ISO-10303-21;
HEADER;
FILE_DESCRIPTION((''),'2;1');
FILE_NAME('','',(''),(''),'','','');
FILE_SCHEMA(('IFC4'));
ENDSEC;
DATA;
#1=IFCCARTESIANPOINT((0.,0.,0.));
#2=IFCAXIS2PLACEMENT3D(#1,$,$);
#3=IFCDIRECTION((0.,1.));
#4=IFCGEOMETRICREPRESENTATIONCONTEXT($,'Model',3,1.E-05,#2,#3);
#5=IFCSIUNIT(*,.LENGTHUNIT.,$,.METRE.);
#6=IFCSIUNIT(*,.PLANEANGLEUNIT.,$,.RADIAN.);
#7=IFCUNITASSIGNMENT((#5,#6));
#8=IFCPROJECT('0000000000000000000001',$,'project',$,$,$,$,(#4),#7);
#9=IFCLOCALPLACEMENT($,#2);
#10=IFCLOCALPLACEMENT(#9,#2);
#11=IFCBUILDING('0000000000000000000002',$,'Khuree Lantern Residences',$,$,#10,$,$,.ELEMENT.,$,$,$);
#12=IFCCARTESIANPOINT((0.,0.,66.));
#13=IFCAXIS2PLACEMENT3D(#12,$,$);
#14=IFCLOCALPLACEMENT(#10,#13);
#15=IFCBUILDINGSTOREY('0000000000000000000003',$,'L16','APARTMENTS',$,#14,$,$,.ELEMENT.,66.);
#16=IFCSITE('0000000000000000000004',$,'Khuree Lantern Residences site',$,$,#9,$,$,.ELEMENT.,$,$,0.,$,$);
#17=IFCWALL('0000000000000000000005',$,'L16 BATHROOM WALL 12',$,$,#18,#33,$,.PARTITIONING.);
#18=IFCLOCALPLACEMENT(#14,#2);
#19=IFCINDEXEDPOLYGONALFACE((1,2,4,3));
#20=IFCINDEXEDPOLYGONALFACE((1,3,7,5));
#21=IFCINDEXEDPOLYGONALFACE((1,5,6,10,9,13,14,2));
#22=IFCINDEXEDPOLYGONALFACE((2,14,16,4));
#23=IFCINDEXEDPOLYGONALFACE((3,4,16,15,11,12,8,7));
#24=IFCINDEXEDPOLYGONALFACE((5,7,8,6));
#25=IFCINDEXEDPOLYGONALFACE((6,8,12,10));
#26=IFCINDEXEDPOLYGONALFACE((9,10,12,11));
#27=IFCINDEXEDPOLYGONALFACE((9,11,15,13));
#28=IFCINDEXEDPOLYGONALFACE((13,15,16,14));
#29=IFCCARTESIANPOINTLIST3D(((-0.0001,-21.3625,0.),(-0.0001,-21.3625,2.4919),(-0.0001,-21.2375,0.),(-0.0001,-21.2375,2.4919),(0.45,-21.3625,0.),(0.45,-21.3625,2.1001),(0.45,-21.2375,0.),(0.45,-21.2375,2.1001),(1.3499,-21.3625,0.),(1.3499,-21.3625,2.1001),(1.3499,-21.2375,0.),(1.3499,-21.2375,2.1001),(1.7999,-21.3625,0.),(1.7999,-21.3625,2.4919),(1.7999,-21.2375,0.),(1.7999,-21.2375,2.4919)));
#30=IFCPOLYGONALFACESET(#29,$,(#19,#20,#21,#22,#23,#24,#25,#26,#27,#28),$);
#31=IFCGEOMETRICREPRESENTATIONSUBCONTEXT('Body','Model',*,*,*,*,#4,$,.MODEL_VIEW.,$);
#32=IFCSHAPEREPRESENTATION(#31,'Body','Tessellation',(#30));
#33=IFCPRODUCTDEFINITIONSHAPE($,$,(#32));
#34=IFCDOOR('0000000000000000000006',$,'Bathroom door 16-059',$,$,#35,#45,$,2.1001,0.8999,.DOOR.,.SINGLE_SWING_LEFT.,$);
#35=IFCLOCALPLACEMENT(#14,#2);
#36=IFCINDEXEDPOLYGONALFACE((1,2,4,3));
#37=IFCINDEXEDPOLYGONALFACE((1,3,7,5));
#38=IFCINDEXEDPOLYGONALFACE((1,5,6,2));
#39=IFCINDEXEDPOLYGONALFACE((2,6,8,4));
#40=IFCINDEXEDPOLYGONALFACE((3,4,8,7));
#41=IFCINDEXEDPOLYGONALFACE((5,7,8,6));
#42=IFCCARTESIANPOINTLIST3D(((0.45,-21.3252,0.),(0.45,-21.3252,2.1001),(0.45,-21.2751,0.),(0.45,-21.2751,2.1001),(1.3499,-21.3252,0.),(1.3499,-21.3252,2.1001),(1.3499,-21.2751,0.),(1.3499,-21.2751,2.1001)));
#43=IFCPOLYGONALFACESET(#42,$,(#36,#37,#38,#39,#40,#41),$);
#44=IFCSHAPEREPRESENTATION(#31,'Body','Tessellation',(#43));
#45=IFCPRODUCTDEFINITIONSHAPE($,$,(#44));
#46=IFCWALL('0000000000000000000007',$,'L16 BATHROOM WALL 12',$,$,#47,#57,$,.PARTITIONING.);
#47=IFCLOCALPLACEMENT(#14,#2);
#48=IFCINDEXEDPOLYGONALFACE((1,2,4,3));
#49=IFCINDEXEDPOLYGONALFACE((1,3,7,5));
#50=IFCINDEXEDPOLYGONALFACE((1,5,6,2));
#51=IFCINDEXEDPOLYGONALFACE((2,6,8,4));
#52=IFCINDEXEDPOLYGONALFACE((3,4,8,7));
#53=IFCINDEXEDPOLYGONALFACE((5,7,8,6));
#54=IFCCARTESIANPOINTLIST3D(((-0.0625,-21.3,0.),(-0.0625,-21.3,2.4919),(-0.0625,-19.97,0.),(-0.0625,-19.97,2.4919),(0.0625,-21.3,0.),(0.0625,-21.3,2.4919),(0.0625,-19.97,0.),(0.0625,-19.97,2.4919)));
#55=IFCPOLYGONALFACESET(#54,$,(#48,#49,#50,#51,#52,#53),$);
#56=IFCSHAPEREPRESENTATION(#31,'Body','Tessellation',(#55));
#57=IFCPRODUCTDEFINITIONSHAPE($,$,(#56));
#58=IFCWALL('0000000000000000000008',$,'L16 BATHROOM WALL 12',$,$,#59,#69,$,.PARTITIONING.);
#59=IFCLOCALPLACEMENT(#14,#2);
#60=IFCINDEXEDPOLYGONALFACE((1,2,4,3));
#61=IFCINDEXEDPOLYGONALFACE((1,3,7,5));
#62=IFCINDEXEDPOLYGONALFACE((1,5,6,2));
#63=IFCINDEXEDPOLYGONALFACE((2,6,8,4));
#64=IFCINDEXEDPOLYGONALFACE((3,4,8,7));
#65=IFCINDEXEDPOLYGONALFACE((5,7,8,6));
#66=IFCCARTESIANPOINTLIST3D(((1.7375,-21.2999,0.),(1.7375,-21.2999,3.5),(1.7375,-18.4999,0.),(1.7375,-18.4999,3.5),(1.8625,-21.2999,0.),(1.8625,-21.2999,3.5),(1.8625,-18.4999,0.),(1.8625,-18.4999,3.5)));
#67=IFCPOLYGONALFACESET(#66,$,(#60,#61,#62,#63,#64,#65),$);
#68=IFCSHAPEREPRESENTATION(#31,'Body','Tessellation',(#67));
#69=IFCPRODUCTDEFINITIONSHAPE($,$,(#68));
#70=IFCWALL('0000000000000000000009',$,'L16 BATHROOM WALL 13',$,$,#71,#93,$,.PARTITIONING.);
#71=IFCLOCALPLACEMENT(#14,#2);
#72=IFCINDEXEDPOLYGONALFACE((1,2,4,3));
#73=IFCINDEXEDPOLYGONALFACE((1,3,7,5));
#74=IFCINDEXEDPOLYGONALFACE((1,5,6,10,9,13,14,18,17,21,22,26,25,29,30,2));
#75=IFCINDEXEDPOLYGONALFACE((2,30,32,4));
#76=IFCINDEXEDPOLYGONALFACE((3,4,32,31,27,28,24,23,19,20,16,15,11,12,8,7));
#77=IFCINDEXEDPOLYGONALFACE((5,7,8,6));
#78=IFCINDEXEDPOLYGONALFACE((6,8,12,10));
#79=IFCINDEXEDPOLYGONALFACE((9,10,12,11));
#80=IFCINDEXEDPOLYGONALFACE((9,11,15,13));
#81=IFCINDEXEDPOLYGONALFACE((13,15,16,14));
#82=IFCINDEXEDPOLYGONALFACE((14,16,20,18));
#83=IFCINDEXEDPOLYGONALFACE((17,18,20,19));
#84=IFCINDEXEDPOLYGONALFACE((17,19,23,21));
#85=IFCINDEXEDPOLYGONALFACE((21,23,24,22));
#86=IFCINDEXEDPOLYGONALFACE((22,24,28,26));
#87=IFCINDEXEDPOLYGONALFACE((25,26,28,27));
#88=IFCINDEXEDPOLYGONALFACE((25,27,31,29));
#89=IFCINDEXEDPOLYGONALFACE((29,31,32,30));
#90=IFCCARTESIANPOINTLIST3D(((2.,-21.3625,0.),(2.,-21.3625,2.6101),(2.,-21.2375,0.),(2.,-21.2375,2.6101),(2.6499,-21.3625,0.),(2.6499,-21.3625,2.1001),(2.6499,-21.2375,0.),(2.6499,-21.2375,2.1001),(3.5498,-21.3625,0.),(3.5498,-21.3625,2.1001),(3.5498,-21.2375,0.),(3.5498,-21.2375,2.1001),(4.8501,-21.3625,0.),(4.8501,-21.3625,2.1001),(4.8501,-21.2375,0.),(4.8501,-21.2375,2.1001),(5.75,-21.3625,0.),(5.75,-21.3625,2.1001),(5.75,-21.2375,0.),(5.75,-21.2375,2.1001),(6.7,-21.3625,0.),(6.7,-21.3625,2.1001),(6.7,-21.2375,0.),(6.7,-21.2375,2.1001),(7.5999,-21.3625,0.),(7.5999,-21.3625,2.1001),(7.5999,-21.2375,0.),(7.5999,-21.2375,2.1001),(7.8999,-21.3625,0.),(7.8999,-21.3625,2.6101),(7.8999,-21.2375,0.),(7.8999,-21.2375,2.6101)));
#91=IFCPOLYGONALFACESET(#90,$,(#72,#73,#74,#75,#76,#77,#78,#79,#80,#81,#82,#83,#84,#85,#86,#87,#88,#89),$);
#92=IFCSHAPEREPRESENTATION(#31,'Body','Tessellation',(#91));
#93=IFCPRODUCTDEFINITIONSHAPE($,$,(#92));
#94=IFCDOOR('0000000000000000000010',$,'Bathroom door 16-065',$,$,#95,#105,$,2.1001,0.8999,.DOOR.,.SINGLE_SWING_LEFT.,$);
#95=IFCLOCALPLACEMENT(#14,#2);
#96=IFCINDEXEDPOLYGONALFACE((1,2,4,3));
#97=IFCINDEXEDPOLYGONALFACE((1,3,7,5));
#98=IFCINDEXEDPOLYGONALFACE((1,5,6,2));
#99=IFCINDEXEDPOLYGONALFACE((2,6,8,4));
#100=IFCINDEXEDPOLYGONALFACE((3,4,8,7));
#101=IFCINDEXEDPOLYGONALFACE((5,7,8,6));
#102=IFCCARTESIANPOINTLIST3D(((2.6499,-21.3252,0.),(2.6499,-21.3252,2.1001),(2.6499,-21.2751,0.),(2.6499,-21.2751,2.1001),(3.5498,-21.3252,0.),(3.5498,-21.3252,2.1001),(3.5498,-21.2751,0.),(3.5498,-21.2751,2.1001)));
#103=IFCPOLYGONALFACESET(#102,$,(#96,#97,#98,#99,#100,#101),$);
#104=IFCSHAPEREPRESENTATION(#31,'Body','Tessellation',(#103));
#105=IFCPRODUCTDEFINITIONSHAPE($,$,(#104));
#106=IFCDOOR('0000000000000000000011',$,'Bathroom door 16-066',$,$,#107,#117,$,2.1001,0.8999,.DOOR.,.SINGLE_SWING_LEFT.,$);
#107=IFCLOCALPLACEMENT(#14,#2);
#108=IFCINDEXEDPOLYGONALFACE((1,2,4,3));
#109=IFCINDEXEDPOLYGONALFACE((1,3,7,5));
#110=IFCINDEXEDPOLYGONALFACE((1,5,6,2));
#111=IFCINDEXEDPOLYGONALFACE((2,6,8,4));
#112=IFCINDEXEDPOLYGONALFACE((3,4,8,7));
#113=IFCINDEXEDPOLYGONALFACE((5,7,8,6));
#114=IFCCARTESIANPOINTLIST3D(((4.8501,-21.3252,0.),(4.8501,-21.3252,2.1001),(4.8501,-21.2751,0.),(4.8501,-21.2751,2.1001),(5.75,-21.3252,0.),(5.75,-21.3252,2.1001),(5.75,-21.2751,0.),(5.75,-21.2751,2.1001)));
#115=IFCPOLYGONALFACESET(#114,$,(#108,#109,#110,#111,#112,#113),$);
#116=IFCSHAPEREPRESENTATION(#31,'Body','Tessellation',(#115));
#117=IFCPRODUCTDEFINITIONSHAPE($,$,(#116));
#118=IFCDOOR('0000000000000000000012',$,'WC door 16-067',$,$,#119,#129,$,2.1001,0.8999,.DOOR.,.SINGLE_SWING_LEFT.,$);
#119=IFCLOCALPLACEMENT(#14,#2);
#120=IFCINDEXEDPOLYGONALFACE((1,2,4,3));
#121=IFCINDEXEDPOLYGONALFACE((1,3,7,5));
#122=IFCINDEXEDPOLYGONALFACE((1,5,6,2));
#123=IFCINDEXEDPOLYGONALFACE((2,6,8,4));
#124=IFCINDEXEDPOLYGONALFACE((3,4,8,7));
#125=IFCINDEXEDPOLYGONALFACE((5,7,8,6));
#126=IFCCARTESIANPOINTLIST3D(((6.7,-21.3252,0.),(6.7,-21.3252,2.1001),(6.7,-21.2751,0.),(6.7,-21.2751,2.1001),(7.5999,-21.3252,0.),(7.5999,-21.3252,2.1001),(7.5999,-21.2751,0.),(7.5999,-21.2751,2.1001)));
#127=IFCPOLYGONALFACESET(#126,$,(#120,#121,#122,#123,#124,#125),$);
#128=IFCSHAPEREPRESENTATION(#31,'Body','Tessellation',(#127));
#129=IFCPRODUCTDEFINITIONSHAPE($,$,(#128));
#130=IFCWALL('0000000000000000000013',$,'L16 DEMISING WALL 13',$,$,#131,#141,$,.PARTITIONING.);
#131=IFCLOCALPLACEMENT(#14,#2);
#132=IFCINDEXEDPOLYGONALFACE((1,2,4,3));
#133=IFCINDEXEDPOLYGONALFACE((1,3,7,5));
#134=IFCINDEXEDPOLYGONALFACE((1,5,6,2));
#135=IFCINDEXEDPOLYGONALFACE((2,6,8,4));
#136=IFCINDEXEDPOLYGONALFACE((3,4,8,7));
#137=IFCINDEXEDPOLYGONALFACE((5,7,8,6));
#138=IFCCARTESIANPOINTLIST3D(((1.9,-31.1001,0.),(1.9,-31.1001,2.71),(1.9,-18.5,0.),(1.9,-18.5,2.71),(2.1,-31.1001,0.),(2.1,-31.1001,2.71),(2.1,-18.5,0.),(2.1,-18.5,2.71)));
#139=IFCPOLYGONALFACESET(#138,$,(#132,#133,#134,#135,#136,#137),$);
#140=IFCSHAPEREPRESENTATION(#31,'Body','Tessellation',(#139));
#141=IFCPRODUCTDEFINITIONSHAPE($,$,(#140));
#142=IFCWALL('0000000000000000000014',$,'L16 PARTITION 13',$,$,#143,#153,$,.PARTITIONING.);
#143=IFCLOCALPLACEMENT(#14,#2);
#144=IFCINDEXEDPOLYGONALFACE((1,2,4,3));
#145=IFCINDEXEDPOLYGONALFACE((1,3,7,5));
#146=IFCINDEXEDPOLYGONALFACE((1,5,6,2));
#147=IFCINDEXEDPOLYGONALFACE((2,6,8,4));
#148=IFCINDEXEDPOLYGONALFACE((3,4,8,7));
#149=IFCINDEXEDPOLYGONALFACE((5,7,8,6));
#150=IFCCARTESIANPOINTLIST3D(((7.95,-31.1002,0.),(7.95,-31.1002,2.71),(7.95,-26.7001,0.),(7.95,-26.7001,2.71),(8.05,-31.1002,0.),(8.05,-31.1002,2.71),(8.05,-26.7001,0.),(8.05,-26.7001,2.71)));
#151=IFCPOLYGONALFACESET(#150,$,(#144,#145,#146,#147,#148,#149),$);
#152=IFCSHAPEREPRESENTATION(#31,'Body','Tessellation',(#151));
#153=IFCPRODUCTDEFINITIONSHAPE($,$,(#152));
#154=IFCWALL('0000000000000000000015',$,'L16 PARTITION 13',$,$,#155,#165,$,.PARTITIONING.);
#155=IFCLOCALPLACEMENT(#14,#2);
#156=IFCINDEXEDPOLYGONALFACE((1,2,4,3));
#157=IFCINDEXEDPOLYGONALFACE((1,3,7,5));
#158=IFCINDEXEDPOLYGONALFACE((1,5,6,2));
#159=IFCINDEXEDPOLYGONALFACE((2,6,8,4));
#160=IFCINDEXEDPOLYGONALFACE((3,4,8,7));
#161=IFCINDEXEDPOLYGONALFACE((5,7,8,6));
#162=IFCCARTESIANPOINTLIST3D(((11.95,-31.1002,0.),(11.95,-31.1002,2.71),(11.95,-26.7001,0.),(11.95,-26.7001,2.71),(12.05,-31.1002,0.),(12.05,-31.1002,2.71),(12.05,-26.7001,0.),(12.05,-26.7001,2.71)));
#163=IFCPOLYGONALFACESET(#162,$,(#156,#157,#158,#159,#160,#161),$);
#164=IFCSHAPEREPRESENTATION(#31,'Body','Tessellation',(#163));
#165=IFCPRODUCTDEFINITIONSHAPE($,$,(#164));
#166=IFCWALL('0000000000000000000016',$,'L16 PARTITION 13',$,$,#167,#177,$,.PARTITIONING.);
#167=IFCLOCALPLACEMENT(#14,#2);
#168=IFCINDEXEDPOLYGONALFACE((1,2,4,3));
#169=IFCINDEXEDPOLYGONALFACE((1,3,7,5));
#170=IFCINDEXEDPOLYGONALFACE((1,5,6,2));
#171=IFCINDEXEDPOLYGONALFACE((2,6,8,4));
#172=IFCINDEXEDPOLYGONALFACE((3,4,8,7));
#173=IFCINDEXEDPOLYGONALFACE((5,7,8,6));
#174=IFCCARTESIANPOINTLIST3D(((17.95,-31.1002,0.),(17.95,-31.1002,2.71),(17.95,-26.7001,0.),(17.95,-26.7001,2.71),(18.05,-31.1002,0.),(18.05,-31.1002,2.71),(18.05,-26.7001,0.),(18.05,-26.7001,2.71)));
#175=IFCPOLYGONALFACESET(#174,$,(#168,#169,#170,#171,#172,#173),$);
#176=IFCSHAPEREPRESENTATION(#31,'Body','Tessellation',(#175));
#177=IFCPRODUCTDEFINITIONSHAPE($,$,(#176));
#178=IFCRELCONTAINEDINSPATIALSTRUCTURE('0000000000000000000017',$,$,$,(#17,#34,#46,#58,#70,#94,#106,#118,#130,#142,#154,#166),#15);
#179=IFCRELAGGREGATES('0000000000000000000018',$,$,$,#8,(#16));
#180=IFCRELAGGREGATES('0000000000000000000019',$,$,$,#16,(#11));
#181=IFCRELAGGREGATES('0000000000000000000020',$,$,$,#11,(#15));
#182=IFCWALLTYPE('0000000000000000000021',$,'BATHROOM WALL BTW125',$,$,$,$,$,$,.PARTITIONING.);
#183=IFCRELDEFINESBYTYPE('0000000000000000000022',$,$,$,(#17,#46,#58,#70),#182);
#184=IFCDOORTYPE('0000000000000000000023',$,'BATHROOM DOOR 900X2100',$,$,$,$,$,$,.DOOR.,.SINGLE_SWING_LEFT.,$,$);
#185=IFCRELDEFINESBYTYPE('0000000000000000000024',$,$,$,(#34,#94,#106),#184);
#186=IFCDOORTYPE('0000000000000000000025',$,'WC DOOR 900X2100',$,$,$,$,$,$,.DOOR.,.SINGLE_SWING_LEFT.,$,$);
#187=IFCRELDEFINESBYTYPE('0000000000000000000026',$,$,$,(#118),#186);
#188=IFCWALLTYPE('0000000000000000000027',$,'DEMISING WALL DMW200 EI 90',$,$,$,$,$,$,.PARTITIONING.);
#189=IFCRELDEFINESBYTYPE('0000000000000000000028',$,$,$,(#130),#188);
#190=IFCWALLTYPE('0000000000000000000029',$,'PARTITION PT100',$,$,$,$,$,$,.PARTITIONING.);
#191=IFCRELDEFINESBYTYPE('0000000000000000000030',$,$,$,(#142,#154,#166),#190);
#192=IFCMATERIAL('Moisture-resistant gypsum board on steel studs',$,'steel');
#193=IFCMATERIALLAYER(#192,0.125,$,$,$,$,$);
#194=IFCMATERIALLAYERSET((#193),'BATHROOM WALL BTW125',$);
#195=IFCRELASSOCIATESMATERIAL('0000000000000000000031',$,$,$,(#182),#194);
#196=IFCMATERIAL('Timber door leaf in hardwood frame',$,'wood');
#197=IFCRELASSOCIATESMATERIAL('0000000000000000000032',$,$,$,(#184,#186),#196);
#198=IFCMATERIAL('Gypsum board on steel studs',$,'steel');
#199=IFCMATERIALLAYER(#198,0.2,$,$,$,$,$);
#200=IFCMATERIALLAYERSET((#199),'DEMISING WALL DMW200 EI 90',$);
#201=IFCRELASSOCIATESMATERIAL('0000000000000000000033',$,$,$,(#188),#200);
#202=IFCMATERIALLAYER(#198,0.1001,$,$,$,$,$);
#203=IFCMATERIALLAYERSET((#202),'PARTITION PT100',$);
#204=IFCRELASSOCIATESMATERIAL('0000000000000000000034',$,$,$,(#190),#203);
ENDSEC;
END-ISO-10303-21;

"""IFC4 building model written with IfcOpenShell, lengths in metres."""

from ifc_helpers import new_model, si_unit, direction, frame, frame_2d, origin, place, context, subcontext, project, spatial, rectangle, extrude, material, layer, layer_set, type_object, element, fill, save


model = new_model("IFC4")

# Units and contexts
model_context = context("Model", 3, precision=1e-05, world=origin(), true_north=direction((0.0, 1.0)))
body_context = subcontext(model_context, "Body", "Model", "MODEL_VIEW")
ifc_project = project(units=[si_unit("LENGTHUNIT", "METRE"), si_unit("PLANEANGLEUNIT", "RADIAN")], contexts=[model_context])

# Site, building, storey
site_placement = place(None, origin())
site = spatial("IfcSite", under=ifc_project, at=site_placement, Name="Khuree Lantern Residences site", CompositionType="ELEMENT", RefElevation=0.0)
building_placement = place(site_placement, origin())
building = spatial("IfcBuilding", under=site, at=building_placement, Name="Khuree Lantern Residences", CompositionType="ELEMENT")
storey_placement = place(building_placement, frame((0.0, 0.0, 66.0)))
storey = spatial("IfcBuildingStorey", under=building, at=storey_placement, Name="L16", Description="APARTMENTS", CompositionType="ELEMENT", Elevation=66.0)

# Wall, opening, door
ifc_material_1 = material(Name="Moisture-resistant gypsum board on steel studs", Category="steel")
ifc_layer_1 = layer(ifc_material_1, 0.125)
ifc_layer_set_1 = layer_set([ifc_layer_1], Name="BATHROOM WALL BTW125")
wall_type_1 = type_object("IfcWallType", Name="BATHROOM WALL BTW125", PredefinedType="PARTITIONING", material=ifc_layer_set_1)
wall_1_placement = place(storey_placement, frame((0.0, -21.3, 0.0), z_axis=(0.0, 0.0, 1.0), x_axis=(1.0, 0.0, 0.0)))
wall_1 = element("IfcWall", 1, at=wall_1_placement, inside=storey, type_object=wall_type_1, Name="L16 BATHROOM WALL 12", PredefinedType="PARTITIONING", context=body_context, shape_type="SweptSolid", body=[
    extrude(rectangle(XDim=1.8, YDim=0.125, at=frame_2d((0.8999, 0.0))), origin(), (0.0, 0.0, 1.0), 2.4919),
])
opening_1_placement = place(wall_1_placement, frame((0.45, 0.0, 0.0)))
opening_1 = element("IfcOpeningElement", 2, at=opening_1_placement, cuts=wall_1, PredefinedType="OPENING", context=body_context, shape_type="SweptSolid", body=[
    extrude(rectangle(XDim=0.8999, YDim=2.1001, at=frame_2d((0.45, 1.05))), frame((0.0, 0.0725, 0.0), z_axis=(0.0, -1.0, 0.0), x_axis=(1.0, 0.0, 0.0)), (0.0, 0.0, 1.0), 0.145),
])
ifc_material_2 = material(Name="Timber door leaf in hardwood frame", Category="wood")
door_type_1 = type_object("IfcDoorType", Name="BATHROOM DOOR 900X2100", OperationType="SINGLE_SWING_LEFT", PredefinedType="DOOR", material=ifc_material_2)
door_1_placement = place(opening_1_placement, origin())
door_1 = element("IfcDoor", 3, at=door_1_placement, inside=storey, type_object=door_type_1, Name="Bathroom door 16-059", OperationType="SINGLE_SWING_LEFT", OverallHeight=2.1001, OverallWidth=0.8999, PredefinedType="DOOR", context=body_context, shape_type="SweptSolid", body=[
    extrude(rectangle(XDim=0.8999, YDim=2.1001, at=frame_2d((0.45, 1.05))), frame((0.0, 0.0249, 0.0), z_axis=(0.0, -1.0, 0.0), x_axis=(1.0, 0.0, 0.0)), (0.0, 0.0, 1.0), 0.05),
])
fill(opening_1, door_1)

# Walls
wall_2_placement = place(storey_placement, frame((0.0, -19.97, 0.0), z_axis=(0.0, 0.0, 1.0), x_axis=(0.0, -1.0, 0.0)))
element("IfcWall", 4, at=wall_2_placement, inside=storey, type_object=wall_type_1, Name="L16 BATHROOM WALL 12", PredefinedType="PARTITIONING", context=body_context, shape_type="SweptSolid", body=[
    extrude(rectangle(XDim=1.3301, YDim=0.125, at=frame_2d((0.665, 0.0))), origin(), (0.0, 0.0, 1.0), 2.4919),
])
wall_3_placement = place(storey_placement, frame((1.8, -18.5, 0.0), z_axis=(0.0, 0.0, 1.0), x_axis=(0.0, -1.0, 0.0)))
element("IfcWall", 5, at=wall_3_placement, inside=storey, type_object=wall_type_1, Name="L16 BATHROOM WALL 12", PredefinedType="PARTITIONING", context=body_context, shape_type="SweptSolid", body=[
    extrude(rectangle(XDim=2.8, YDim=0.125, at=frame_2d((1.3999, 0.0))), origin(), (0.0, 0.0, 1.0), 3.5),
])

# Wall, openings, doors
wall_4_placement = place(storey_placement, frame((2.0, -21.3, 0.0), z_axis=(0.0, 0.0, 1.0), x_axis=(1.0, 0.0, 0.0)))
wall_4 = element("IfcWall", 6, at=wall_4_placement, inside=storey, type_object=wall_type_1, Name="L16 BATHROOM WALL 13", PredefinedType="PARTITIONING", context=body_context, shape_type="SweptSolid", body=[
    extrude(rectangle(XDim=5.8999, YDim=0.125, at=frame_2d((2.95, 0.0))), origin(), (0.0, 0.0, 1.0), 2.6101),
])
opening_2_placement = place(wall_4_placement, frame((0.6499, 0.0, 0.0)))
opening_2 = element("IfcOpeningElement", 7, at=opening_2_placement, cuts=wall_4, PredefinedType="OPENING", context=body_context, shape_type="SweptSolid", body=[
    extrude(rectangle(XDim=0.8999, YDim=2.1001, at=frame_2d((0.45, 1.05))), frame((0.0, 0.0725, 0.0), z_axis=(0.0, -1.0, 0.0), x_axis=(1.0, 0.0, 0.0)), (0.0, 0.0, 1.0), 0.145),
])
opening_3_placement = place(wall_4_placement, frame((2.8501, 0.0, 0.0)))
opening_3 = element("IfcOpeningElement", 8, at=opening_3_placement, cuts=wall_4, PredefinedType="OPENING", context=body_context, shape_type="SweptSolid", body=[
    extrude(rectangle(XDim=0.8999, YDim=2.1001, at=frame_2d((0.45, 1.05))), frame((0.0, 0.0725, 0.0), z_axis=(0.0, -1.0, 0.0), x_axis=(1.0, 0.0, 0.0)), (0.0, 0.0, 1.0), 0.145),
])
opening_4_placement = place(wall_4_placement, frame((4.7, 0.0, 0.0)))
opening_4 = element("IfcOpeningElement", 9, at=opening_4_placement, cuts=wall_4, PredefinedType="OPENING", context=body_context, shape_type="SweptSolid", body=[
    extrude(rectangle(XDim=0.8999, YDim=2.1001, at=frame_2d((0.45, 1.05))), frame((0.0, 0.0725, 0.0), z_axis=(0.0, -1.0, 0.0), x_axis=(1.0, 0.0, 0.0)), (0.0, 0.0, 1.0), 0.145),
])
door_2_placement = place(opening_2_placement, origin())
door_2 = element("IfcDoor", 10, at=door_2_placement, inside=storey, type_object=door_type_1, Name="Bathroom door 16-065", OperationType="SINGLE_SWING_LEFT", OverallHeight=2.1001, OverallWidth=0.8999, PredefinedType="DOOR", context=body_context, shape_type="SweptSolid", body=[
    extrude(rectangle(XDim=0.8999, YDim=2.1001, at=frame_2d((0.45, 1.05))), frame((0.0, 0.0249, 0.0), z_axis=(0.0, -1.0, 0.0), x_axis=(1.0, 0.0, 0.0)), (0.0, 0.0, 1.0), 0.05),
])
fill(opening_2, door_2)
door_3_placement = place(opening_3_placement, origin())
door_3 = element("IfcDoor", 11, at=door_3_placement, inside=storey, type_object=door_type_1, Name="Bathroom door 16-066", OperationType="SINGLE_SWING_LEFT", OverallHeight=2.1001, OverallWidth=0.8999, PredefinedType="DOOR", context=body_context, shape_type="SweptSolid", body=[
    extrude(rectangle(XDim=0.8999, YDim=2.1001, at=frame_2d((0.45, 1.05))), frame((0.0, 0.0249, 0.0), z_axis=(0.0, -1.0, 0.0), x_axis=(1.0, 0.0, 0.0)), (0.0, 0.0, 1.0), 0.05),
])
fill(opening_3, door_3)
door_type_2 = type_object("IfcDoorType", Name="WC DOOR 900X2100", OperationType="SINGLE_SWING_LEFT", PredefinedType="DOOR", material=ifc_material_2)
door_4_placement = place(opening_4_placement, origin())
door_4 = element("IfcDoor", 12, at=door_4_placement, inside=storey, type_object=door_type_2, Name="WC door 16-067", OperationType="SINGLE_SWING_LEFT", OverallHeight=2.1001, OverallWidth=0.8999, PredefinedType="DOOR", context=body_context, shape_type="SweptSolid", body=[
    extrude(rectangle(XDim=0.8999, YDim=2.1001, at=frame_2d((0.45, 1.05))), frame((0.0, 0.0249, 0.0), z_axis=(0.0, -1.0, 0.0), x_axis=(1.0, 0.0, 0.0)), (0.0, 0.0, 1.0), 0.05),
])
fill(opening_4, door_4)

# Walls
ifc_material_3 = material(Name="Gypsum board on steel studs", Category="steel")
ifc_layer_2 = layer(ifc_material_3, 0.2)
ifc_layer_set_2 = layer_set([ifc_layer_2], Name="DEMISING WALL DMW200 EI 90")
wall_type_2 = type_object("IfcWallType", Name="DEMISING WALL DMW200 EI 90", PredefinedType="PARTITIONING", material=ifc_layer_set_2)
wall_5_placement = place(storey_placement, frame((2.0, -18.5, 0.0), z_axis=(0.0, 0.0, 1.0), x_axis=(0.0, -1.0, 0.0)))
element("IfcWall", 13, at=wall_5_placement, inside=storey, type_object=wall_type_2, Name="L16 DEMISING WALL 13", PredefinedType="PARTITIONING", context=body_context, shape_type="SweptSolid", body=[
    extrude(rectangle(XDim=12.6001, YDim=0.2, at=frame_2d((6.3, 0.0))), origin(), (0.0, 0.0, 1.0), 2.71),
])
ifc_layer_3 = layer(ifc_material_3, 0.1001)
ifc_layer_set_3 = layer_set([ifc_layer_3], Name="PARTITION PT100")
wall_type_3 = type_object("IfcWallType", Name="PARTITION PT100", PredefinedType="PARTITIONING", material=ifc_layer_set_3)
for number, where, z_axis, x_axis, name in (
    (14, (8.0, -26.7, 0.0), (0.0, 0.0, 1.0), (0.0, -1.0, 0.0), "L16 PARTITION 13"),
    (15, (12.0, -26.7, 0.0), (0.0, 0.0, 1.0), (0.0, -1.0, 0.0), "L16 PARTITION 13"),
    (16, (18.0, -26.7, 0.0), (0.0, 0.0, 1.0), (0.0, -1.0, 0.0), "L16 PARTITION 13"),
):
    element("IfcWall", number, at=place(storey_placement, frame(where, z_axis=z_axis, x_axis=x_axis)), inside=storey, type_object=wall_type_3, Name=name, PredefinedType="PARTITIONING", context=body_context, shape_type="SweptSolid", body=[
        extrude(rectangle(XDim=4.4001, YDim=0.1001, at=frame_2d((2.2002, 0.0))), origin(), (0.0, 0.0, 1.0), 2.71),
    ])

save(model, "model.ifc")
